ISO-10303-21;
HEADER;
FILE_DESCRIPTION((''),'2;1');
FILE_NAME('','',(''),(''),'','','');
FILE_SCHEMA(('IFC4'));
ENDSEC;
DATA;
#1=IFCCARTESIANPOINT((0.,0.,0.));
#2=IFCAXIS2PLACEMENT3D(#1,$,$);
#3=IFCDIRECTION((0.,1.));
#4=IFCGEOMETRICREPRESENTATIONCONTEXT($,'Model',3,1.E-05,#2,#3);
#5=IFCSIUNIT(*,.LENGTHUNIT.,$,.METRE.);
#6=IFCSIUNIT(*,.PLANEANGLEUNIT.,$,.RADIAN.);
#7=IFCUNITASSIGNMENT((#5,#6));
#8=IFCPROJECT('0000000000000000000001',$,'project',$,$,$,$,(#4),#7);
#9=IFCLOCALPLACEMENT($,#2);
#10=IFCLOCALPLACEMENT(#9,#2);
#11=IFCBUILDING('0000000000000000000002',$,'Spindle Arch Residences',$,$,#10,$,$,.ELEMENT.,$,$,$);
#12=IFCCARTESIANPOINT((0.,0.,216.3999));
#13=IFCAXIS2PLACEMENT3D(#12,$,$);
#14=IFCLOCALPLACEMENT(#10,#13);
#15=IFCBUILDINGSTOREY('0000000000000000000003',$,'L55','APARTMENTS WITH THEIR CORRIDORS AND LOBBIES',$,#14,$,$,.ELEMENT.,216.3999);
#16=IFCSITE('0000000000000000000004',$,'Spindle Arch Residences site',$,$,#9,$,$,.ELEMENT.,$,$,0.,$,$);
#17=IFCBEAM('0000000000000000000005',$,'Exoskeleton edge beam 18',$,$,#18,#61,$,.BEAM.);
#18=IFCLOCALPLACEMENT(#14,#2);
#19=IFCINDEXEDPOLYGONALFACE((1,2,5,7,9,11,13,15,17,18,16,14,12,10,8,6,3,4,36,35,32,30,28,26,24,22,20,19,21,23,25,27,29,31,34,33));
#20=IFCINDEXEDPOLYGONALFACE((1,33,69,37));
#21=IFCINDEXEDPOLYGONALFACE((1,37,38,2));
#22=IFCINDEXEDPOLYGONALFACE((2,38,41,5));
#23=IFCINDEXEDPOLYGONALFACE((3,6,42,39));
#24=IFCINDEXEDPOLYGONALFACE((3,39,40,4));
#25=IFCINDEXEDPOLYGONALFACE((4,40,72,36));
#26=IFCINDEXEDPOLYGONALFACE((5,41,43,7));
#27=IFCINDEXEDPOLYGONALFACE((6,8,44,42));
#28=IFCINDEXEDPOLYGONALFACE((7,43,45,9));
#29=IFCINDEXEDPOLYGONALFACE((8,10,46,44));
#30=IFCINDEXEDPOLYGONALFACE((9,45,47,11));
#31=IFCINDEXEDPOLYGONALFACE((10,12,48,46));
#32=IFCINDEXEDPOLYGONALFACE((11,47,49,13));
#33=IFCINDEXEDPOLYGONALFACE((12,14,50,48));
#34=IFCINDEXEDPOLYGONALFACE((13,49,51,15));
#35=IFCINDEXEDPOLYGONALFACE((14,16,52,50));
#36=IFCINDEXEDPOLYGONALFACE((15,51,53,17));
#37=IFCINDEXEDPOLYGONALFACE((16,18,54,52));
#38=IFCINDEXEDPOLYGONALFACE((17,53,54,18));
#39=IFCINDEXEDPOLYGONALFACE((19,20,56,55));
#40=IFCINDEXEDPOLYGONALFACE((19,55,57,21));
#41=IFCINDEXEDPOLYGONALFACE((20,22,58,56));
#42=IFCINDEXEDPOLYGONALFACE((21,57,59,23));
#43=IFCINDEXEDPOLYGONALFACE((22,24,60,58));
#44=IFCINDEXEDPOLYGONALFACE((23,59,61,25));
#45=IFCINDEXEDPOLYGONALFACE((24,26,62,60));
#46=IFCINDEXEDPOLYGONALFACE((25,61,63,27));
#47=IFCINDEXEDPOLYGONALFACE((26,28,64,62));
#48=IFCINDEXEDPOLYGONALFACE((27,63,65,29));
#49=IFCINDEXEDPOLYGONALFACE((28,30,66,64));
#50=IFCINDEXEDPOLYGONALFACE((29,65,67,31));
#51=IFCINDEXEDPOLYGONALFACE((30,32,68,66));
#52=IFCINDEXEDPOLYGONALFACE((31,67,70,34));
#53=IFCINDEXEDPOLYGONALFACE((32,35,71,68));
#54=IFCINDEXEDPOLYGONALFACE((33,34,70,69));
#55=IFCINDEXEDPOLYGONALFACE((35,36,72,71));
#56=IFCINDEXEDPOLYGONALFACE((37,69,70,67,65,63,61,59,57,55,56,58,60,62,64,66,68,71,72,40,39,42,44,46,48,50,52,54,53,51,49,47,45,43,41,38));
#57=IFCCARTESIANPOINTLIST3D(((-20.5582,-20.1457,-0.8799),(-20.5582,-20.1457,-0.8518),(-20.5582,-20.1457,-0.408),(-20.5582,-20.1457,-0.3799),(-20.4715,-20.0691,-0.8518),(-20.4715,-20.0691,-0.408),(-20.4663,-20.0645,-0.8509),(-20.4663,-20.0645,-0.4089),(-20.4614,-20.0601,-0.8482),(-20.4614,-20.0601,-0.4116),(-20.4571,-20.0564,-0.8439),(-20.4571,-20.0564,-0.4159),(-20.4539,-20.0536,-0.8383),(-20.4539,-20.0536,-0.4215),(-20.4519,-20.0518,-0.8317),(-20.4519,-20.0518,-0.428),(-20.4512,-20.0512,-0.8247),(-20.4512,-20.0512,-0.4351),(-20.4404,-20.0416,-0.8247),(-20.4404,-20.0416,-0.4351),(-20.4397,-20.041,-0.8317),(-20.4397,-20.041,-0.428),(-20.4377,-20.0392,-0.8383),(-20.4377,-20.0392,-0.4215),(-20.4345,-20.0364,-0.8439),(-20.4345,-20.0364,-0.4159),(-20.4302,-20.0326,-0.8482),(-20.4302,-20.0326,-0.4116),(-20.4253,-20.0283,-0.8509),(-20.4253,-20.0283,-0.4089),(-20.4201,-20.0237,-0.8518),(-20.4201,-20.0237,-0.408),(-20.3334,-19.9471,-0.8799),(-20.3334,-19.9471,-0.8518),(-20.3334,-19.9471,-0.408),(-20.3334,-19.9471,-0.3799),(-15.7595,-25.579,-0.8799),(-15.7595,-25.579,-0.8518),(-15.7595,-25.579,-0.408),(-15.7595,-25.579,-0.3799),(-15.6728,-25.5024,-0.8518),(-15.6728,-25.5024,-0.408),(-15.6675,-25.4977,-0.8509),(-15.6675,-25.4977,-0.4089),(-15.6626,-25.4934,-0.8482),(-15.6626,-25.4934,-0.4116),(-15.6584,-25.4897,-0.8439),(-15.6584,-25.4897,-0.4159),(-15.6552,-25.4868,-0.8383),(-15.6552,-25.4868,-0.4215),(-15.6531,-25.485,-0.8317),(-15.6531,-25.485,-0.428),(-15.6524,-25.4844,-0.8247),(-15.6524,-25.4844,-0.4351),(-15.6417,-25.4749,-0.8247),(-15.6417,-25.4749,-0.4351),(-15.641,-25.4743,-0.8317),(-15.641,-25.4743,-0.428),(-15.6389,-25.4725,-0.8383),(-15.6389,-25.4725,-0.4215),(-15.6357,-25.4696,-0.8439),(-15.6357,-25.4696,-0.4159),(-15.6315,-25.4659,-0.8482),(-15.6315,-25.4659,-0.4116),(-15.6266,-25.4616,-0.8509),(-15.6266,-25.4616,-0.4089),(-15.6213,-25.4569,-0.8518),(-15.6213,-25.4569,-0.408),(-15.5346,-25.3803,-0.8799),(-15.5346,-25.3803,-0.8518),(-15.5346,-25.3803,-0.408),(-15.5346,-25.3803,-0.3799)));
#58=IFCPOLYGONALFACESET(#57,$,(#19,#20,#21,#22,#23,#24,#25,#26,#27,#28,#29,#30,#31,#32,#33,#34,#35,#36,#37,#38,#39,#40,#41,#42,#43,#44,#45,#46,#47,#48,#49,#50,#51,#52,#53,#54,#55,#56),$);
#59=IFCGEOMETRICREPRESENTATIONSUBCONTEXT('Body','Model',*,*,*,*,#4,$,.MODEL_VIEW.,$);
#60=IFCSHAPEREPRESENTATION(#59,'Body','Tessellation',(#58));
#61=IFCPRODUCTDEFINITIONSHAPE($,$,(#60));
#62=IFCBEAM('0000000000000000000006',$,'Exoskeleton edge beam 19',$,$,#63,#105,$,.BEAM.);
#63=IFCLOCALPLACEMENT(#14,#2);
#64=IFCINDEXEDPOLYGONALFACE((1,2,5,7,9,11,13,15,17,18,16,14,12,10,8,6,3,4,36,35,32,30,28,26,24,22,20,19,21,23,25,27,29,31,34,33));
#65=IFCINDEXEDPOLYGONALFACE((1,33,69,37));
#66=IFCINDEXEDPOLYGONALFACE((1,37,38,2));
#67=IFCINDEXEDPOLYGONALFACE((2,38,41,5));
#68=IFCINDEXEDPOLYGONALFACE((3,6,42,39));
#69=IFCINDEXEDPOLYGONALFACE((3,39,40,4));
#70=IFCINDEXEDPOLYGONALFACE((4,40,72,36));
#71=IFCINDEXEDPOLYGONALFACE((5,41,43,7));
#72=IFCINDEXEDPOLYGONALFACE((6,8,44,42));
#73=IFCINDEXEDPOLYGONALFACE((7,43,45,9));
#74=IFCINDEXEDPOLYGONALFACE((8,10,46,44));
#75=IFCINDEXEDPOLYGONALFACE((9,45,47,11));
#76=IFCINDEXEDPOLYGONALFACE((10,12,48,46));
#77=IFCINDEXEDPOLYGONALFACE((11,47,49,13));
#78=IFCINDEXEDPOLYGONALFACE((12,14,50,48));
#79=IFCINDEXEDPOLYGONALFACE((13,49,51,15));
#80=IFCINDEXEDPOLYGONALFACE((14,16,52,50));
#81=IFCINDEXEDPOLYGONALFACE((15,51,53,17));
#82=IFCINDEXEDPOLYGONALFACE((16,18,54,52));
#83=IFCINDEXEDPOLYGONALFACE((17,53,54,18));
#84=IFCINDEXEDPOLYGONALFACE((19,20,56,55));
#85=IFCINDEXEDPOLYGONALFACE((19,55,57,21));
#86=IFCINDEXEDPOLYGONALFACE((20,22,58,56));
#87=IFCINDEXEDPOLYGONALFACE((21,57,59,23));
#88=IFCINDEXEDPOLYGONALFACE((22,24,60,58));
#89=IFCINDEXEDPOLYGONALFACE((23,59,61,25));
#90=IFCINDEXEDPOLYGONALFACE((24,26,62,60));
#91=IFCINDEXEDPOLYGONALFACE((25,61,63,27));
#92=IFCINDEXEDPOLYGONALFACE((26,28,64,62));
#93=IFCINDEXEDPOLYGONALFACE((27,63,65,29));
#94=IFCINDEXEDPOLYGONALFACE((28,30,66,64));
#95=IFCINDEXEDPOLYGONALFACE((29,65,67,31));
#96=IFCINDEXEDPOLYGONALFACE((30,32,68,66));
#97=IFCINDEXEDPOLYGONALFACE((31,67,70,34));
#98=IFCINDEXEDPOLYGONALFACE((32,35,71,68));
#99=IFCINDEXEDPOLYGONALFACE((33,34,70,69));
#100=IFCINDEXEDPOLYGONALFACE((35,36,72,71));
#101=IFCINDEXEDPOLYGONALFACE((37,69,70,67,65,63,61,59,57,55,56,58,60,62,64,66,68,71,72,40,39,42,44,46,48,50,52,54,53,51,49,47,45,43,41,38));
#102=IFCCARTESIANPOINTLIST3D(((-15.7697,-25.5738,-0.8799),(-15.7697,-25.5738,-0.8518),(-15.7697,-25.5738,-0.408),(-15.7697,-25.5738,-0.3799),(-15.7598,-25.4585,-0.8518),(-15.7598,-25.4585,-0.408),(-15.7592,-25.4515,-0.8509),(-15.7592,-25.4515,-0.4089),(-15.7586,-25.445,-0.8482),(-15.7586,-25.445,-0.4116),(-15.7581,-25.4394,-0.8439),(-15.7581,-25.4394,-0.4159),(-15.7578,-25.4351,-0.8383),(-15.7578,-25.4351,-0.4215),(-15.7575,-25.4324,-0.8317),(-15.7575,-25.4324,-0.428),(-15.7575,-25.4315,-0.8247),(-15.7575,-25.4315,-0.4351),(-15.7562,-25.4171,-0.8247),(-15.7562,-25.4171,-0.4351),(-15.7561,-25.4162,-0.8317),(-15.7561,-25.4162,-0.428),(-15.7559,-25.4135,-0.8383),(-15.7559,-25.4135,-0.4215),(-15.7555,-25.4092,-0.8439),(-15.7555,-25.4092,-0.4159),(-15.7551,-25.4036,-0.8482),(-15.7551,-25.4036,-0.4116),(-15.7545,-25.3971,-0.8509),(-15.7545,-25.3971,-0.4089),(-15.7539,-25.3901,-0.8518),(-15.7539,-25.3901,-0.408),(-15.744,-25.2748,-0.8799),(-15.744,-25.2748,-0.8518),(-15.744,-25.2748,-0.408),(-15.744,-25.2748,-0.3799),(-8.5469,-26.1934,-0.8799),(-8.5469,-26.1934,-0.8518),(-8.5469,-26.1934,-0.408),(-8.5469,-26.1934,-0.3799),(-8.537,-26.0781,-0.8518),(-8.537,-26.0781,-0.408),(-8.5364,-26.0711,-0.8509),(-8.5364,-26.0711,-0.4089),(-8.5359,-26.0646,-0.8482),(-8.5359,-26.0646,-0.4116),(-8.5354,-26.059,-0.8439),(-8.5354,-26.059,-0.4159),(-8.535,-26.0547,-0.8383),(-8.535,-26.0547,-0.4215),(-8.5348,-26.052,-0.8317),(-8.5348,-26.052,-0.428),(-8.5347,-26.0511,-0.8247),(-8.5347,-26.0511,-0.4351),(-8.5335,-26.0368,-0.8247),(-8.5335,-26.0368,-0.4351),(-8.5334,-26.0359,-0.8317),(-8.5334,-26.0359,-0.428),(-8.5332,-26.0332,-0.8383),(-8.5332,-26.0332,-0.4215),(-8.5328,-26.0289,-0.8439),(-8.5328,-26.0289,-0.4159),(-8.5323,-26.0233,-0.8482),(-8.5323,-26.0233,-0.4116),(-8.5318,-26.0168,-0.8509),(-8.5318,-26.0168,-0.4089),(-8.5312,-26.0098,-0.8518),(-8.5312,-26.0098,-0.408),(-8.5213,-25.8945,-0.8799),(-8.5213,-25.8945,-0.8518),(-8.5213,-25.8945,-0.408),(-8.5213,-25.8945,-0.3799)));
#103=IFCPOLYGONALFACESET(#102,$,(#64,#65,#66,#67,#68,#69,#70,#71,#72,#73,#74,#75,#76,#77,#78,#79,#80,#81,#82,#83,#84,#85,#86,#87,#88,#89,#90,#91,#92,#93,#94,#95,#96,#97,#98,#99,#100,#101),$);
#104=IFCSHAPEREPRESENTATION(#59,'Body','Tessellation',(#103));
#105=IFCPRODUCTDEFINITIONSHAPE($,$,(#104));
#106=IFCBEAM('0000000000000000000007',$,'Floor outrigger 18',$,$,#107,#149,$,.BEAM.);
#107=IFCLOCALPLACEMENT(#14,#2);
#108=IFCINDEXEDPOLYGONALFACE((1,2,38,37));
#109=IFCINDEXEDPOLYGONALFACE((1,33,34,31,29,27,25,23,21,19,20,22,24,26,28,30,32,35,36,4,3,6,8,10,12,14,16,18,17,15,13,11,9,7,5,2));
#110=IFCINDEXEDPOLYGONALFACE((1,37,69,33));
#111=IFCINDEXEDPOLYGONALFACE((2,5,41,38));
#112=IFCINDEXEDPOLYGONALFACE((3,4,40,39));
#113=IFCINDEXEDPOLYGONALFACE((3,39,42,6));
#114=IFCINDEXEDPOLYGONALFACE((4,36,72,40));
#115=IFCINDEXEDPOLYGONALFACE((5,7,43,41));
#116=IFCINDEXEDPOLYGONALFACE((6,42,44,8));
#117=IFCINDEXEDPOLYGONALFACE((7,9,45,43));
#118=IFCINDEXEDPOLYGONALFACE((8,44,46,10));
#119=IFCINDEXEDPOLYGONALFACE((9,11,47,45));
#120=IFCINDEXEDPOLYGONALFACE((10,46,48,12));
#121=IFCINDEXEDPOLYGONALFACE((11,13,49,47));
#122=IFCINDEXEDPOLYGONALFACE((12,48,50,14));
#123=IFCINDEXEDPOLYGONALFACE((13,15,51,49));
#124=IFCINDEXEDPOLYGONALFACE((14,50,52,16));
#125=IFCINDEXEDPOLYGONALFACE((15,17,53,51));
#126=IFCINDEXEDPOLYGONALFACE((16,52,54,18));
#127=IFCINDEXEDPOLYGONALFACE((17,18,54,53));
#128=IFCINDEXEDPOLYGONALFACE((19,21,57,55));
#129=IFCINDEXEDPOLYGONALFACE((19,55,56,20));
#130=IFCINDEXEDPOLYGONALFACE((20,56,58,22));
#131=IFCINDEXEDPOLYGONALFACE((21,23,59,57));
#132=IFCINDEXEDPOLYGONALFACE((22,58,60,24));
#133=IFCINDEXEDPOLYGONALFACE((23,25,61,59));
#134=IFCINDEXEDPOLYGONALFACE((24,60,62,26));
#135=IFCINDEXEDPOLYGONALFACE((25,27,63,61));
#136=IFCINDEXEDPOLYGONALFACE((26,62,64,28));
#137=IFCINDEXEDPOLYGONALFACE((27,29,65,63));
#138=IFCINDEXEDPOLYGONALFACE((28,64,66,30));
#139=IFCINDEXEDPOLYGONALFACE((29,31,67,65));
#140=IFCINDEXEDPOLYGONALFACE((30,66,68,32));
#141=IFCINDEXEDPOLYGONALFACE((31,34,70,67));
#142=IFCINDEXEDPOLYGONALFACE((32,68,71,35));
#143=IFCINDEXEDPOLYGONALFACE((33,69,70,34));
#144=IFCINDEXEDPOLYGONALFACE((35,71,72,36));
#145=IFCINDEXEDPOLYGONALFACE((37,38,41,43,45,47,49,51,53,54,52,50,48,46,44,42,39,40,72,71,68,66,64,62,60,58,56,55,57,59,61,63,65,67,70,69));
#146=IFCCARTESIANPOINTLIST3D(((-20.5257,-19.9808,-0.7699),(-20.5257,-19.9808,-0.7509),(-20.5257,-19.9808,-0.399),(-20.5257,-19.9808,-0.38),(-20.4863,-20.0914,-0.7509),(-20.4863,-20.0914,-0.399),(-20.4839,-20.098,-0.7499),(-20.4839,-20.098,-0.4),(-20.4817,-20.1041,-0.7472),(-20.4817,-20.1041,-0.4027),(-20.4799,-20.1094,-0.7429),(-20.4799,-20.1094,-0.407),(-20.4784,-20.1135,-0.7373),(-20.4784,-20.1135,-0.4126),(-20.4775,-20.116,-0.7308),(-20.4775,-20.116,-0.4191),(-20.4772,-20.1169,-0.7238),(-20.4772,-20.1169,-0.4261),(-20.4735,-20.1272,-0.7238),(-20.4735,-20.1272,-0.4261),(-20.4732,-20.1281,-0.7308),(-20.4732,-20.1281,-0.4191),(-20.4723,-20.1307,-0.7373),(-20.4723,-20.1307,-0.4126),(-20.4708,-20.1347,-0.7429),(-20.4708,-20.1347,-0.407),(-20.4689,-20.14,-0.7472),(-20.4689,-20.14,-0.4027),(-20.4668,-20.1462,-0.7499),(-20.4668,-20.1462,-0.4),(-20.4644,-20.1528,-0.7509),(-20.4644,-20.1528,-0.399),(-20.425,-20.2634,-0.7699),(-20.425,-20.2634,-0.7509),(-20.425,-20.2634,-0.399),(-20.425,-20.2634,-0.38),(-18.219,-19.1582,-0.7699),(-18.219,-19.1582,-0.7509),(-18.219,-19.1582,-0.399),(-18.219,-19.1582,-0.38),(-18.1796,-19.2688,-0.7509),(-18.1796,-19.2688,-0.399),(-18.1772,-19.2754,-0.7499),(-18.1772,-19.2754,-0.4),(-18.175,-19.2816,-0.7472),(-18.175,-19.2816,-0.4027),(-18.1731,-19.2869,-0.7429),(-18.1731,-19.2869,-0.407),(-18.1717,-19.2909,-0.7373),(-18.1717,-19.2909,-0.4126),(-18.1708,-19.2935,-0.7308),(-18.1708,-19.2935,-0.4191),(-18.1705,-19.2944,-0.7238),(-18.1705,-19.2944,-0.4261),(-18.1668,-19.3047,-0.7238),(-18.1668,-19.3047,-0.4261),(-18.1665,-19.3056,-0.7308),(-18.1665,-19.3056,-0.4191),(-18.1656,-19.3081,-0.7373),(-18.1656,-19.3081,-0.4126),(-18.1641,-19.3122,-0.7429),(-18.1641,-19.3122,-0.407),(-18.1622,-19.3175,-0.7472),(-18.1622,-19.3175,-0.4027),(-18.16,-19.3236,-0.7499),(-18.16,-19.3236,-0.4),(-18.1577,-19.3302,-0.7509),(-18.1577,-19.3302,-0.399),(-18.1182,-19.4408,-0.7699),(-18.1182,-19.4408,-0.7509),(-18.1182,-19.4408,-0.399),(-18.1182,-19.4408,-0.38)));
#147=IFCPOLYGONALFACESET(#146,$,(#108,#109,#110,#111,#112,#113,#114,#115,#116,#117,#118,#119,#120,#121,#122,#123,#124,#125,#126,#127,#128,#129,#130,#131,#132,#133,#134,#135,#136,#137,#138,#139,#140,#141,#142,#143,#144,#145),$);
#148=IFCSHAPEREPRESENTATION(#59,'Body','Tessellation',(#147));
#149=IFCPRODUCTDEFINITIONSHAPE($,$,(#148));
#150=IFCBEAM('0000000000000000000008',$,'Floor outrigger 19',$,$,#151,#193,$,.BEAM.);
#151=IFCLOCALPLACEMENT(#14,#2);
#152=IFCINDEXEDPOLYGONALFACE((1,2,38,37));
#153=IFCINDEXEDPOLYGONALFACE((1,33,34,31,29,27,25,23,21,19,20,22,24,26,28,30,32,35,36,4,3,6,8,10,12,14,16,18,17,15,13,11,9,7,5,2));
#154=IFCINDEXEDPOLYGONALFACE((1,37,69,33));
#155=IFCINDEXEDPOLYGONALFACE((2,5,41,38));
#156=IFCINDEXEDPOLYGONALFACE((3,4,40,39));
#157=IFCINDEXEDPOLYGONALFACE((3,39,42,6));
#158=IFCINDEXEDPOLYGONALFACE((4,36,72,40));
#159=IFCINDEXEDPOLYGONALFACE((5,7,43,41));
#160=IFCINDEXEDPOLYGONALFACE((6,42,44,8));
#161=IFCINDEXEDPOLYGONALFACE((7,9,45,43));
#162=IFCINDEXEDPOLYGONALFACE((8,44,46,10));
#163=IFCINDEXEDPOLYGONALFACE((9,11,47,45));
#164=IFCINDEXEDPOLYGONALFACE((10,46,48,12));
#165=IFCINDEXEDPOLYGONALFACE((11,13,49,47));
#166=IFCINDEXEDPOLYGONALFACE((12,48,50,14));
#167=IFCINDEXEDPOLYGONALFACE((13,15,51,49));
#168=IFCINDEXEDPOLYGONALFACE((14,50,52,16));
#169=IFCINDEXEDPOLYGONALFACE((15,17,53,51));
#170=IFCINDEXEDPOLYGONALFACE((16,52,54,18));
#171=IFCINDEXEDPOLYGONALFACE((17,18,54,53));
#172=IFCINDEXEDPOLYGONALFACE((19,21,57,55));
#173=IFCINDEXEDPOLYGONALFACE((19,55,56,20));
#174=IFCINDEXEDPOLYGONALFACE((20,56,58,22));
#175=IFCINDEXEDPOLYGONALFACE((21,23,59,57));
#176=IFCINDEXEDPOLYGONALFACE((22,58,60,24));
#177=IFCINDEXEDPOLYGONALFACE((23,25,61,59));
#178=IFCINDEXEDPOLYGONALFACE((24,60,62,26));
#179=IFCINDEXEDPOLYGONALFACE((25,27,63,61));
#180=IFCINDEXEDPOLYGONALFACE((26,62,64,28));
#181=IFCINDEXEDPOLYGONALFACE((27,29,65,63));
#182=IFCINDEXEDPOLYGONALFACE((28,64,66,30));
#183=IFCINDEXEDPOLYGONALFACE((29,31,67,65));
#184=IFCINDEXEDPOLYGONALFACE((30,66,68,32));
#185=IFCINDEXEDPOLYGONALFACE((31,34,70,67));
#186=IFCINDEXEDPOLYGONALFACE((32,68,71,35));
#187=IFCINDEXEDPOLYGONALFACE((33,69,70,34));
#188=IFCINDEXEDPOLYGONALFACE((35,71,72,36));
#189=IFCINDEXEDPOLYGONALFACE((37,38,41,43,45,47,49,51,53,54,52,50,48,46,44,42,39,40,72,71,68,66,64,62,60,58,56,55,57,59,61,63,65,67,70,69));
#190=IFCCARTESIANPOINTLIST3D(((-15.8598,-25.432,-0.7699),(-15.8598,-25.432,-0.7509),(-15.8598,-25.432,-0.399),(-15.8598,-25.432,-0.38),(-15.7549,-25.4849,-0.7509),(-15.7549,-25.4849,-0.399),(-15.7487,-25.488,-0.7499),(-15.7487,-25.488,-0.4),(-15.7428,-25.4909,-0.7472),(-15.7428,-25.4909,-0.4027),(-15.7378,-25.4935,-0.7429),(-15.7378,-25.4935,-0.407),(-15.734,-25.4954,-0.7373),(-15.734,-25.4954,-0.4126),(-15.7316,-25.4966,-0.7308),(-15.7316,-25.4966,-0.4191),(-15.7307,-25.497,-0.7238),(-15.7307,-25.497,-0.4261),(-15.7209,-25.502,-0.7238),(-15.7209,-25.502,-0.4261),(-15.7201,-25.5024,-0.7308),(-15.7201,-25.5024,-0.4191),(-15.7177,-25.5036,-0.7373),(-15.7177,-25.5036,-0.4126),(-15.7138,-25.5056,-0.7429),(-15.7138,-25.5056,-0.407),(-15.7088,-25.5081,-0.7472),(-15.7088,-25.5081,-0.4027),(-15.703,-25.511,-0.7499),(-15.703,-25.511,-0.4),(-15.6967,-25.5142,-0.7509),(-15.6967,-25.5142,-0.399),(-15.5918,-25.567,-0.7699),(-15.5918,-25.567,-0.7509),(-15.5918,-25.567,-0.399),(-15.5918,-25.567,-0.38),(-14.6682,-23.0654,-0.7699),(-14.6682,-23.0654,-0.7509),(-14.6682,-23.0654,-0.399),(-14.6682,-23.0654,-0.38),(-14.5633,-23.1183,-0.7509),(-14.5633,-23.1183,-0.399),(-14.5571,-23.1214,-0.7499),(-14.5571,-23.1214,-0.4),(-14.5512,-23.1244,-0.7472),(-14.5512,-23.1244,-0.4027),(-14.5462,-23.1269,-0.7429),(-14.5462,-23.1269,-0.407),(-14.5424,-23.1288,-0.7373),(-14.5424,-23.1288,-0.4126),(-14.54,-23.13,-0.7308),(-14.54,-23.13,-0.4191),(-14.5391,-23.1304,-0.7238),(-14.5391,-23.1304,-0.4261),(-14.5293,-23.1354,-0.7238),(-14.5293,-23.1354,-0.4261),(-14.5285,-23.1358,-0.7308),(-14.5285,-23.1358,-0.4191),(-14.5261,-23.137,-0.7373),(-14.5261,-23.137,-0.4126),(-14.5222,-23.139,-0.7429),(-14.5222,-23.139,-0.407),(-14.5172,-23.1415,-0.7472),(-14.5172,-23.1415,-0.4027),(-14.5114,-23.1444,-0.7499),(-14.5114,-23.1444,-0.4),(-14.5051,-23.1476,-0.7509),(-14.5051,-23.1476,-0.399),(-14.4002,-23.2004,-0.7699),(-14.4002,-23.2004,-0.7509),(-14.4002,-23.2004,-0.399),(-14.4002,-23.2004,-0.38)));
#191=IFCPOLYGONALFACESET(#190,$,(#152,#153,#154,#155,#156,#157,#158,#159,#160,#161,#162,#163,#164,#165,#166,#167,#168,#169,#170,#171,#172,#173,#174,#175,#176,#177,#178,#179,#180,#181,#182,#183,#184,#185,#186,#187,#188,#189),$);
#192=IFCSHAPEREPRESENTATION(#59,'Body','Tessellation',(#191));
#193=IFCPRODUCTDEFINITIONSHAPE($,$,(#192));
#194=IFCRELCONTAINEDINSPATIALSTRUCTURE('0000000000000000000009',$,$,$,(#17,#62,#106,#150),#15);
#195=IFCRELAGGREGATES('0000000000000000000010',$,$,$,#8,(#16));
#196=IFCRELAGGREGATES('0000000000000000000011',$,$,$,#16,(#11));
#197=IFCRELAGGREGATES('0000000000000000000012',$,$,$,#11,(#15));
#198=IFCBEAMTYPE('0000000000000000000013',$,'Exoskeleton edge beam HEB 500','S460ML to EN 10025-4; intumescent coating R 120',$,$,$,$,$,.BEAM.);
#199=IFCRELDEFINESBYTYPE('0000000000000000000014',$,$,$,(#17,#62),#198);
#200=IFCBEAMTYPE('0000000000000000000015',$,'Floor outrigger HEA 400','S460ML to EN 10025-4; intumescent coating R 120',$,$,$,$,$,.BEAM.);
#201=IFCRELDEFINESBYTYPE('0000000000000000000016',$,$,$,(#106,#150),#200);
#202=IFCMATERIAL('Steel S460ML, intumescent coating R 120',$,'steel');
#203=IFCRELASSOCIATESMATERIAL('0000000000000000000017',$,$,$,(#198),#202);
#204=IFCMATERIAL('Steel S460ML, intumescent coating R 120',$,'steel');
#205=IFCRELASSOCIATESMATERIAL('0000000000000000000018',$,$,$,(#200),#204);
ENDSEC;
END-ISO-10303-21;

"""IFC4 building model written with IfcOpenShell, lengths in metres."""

from ifc_helpers import new_model, si_unit, direction, frame, origin, origin_2d, place, context, subcontext, project, spatial, i_section, extrude, material, material_profile, profile_set, type_object, element, save


model = new_model("IFC4")

# Units and contexts
model_context = context("Model", 3, precision=1e-05, world=origin(), true_north=direction((0.0, 1.0)))
body_context = subcontext(model_context, "Body", "Model", "MODEL_VIEW")
ifc_project = project(units=[si_unit("LENGTHUNIT", "METRE"), si_unit("PLANEANGLEUNIT", "RADIAN")], contexts=[model_context])

# Site, building, storey
site_placement = place(None, origin())
site = spatial("IfcSite", under=ifc_project, at=site_placement, Name="Spindle Arch Residences site", CompositionType="ELEMENT", RefElevation=0.0)
building_placement = place(site_placement, origin())
building = spatial("IfcBuilding", under=site, at=building_placement, Name="Spindle Arch Residences", CompositionType="ELEMENT")
storey_placement = place(building_placement, frame((0.0, 0.0, 216.3999)))
storey = spatial("IfcBuildingStorey", under=building, at=storey_placement, Name="L55", Description="APARTMENTS WITH THEIR CORRIDORS AND LOBBIES", CompositionType="ELEMENT", Elevation=216.3999)

# Beams
ifc_material_1 = material(Name="Steel S460ML, intumescent coating R 120", Category="steel")
ifc_material_profile_1 = material_profile(ifc_material_1, i_section(OverallWidth=0.3, OverallDepth=0.5, WebThickness=0.0144, FlangeThickness=0.0281, FilletRadius=0.0271, at=origin_2d()), Name="HEB 500")
ifc_profile_set_1 = profile_set([ifc_material_profile_1], Name="Steel S460ML, intumescent coating R 120")
beam_type_1 = type_object("IfcBeamType", Name="Exoskeleton edge beam HEB 500", Description="S460ML to EN 10025-4; intumescent coating R 120", PredefinedType="BEAM", material=ifc_profile_set_1)
beam_1_placement = place(storey_placement, frame((-20.4458, -20.0464, -0.6299), z_axis=(0.661986, -0.749516, 0.0), x_axis=(0.749516, 0.661986, 0.0)))
element("IfcBeam", 1, at=beam_1_placement, inside=storey, type_object=beam_type_1, Name="Exoskeleton edge beam 18", PredefinedType="BEAM", context=body_context, shape_type="SweptSolid", body=[
    extrude(i_section(OverallWidth=0.3, OverallDepth=0.5, WebThickness=0.0144, FlangeThickness=0.0281, FilletRadius=0.0271, at=origin_2d()), origin(), (0.0, 0.0, 1.0), 7.249),
])
beam_2_placement = place(storey_placement, frame((-15.7568, -25.4243, -0.6299), z_axis=(0.99634, -0.085476, 0.0), x_axis=(0.085476, 0.99634, 0.0)))
element("IfcBeam", 2, at=beam_2_placement, inside=storey, type_object=beam_type_1, Name="Exoskeleton edge beam 19", PredefinedType="BEAM", context=body_context, shape_type="SweptSolid", body=[
    extrude(i_section(OverallWidth=0.3, OverallDepth=0.5, WebThickness=0.0144, FlangeThickness=0.0281, FilletRadius=0.0271, at=origin_2d()), origin(), (0.0, 0.0, 1.0), 7.2493),
])
ifc_material_2 = material(Name="Steel S460ML, intumescent coating R 120", Category="steel")
ifc_material_profile_2 = material_profile(ifc_material_2, i_section(OverallWidth=0.3, OverallDepth=0.3899, WebThickness=0.011, FlangeThickness=0.019, FilletRadius=0.0271, at=origin_2d()), Name="HEA 400")
ifc_profile_set_2 = profile_set([ifc_material_profile_2], Name="Steel S460ML, intumescent coating R 120")
beam_type_2 = type_object("IfcBeamType", Name="Floor outrigger HEA 400", Description="S460ML to EN 10025-4; intumescent coating R 120", PredefinedType="BEAM", material=ifc_profile_set_2)
beam_3_placement = place(storey_placement, frame((-20.4753, -20.1221, -0.575), z_axis=(0.941909, 0.335869, 0.0), x_axis=(-0.335869, 0.941909, 0.0)))
element("IfcBeam", 3, at=beam_3_placement, inside=storey, type_object=beam_type_2, Name="Floor outrigger 18", PredefinedType="BEAM", context=body_context, shape_type="SweptSolid", body=[
    extrude(i_section(OverallWidth=0.3, OverallDepth=0.3899, WebThickness=0.011, FlangeThickness=0.019, FilletRadius=0.0271, at=origin_2d()), origin(), (0.0, 0.0, 1.0), 2.449),
])
beam_4_placement = place(storey_placement, frame((-15.7258, -25.4995, -0.575), z_axis=(0.449718, 0.893171, 0.0), x_axis=(-0.893171, 0.449718, 0.0)))
element("IfcBeam", 4, at=beam_4_placement, inside=storey, type_object=beam_type_2, Name="Floor outrigger 19", PredefinedType="BEAM", context=body_context, shape_type="SweptSolid", body=[
    extrude(i_section(OverallWidth=0.3, OverallDepth=0.3899, WebThickness=0.011, FlangeThickness=0.019, FilletRadius=0.0271, at=origin_2d()), origin(), (0.0, 0.0, 1.0), 2.6497),
])

save(model, "model.ifc")
